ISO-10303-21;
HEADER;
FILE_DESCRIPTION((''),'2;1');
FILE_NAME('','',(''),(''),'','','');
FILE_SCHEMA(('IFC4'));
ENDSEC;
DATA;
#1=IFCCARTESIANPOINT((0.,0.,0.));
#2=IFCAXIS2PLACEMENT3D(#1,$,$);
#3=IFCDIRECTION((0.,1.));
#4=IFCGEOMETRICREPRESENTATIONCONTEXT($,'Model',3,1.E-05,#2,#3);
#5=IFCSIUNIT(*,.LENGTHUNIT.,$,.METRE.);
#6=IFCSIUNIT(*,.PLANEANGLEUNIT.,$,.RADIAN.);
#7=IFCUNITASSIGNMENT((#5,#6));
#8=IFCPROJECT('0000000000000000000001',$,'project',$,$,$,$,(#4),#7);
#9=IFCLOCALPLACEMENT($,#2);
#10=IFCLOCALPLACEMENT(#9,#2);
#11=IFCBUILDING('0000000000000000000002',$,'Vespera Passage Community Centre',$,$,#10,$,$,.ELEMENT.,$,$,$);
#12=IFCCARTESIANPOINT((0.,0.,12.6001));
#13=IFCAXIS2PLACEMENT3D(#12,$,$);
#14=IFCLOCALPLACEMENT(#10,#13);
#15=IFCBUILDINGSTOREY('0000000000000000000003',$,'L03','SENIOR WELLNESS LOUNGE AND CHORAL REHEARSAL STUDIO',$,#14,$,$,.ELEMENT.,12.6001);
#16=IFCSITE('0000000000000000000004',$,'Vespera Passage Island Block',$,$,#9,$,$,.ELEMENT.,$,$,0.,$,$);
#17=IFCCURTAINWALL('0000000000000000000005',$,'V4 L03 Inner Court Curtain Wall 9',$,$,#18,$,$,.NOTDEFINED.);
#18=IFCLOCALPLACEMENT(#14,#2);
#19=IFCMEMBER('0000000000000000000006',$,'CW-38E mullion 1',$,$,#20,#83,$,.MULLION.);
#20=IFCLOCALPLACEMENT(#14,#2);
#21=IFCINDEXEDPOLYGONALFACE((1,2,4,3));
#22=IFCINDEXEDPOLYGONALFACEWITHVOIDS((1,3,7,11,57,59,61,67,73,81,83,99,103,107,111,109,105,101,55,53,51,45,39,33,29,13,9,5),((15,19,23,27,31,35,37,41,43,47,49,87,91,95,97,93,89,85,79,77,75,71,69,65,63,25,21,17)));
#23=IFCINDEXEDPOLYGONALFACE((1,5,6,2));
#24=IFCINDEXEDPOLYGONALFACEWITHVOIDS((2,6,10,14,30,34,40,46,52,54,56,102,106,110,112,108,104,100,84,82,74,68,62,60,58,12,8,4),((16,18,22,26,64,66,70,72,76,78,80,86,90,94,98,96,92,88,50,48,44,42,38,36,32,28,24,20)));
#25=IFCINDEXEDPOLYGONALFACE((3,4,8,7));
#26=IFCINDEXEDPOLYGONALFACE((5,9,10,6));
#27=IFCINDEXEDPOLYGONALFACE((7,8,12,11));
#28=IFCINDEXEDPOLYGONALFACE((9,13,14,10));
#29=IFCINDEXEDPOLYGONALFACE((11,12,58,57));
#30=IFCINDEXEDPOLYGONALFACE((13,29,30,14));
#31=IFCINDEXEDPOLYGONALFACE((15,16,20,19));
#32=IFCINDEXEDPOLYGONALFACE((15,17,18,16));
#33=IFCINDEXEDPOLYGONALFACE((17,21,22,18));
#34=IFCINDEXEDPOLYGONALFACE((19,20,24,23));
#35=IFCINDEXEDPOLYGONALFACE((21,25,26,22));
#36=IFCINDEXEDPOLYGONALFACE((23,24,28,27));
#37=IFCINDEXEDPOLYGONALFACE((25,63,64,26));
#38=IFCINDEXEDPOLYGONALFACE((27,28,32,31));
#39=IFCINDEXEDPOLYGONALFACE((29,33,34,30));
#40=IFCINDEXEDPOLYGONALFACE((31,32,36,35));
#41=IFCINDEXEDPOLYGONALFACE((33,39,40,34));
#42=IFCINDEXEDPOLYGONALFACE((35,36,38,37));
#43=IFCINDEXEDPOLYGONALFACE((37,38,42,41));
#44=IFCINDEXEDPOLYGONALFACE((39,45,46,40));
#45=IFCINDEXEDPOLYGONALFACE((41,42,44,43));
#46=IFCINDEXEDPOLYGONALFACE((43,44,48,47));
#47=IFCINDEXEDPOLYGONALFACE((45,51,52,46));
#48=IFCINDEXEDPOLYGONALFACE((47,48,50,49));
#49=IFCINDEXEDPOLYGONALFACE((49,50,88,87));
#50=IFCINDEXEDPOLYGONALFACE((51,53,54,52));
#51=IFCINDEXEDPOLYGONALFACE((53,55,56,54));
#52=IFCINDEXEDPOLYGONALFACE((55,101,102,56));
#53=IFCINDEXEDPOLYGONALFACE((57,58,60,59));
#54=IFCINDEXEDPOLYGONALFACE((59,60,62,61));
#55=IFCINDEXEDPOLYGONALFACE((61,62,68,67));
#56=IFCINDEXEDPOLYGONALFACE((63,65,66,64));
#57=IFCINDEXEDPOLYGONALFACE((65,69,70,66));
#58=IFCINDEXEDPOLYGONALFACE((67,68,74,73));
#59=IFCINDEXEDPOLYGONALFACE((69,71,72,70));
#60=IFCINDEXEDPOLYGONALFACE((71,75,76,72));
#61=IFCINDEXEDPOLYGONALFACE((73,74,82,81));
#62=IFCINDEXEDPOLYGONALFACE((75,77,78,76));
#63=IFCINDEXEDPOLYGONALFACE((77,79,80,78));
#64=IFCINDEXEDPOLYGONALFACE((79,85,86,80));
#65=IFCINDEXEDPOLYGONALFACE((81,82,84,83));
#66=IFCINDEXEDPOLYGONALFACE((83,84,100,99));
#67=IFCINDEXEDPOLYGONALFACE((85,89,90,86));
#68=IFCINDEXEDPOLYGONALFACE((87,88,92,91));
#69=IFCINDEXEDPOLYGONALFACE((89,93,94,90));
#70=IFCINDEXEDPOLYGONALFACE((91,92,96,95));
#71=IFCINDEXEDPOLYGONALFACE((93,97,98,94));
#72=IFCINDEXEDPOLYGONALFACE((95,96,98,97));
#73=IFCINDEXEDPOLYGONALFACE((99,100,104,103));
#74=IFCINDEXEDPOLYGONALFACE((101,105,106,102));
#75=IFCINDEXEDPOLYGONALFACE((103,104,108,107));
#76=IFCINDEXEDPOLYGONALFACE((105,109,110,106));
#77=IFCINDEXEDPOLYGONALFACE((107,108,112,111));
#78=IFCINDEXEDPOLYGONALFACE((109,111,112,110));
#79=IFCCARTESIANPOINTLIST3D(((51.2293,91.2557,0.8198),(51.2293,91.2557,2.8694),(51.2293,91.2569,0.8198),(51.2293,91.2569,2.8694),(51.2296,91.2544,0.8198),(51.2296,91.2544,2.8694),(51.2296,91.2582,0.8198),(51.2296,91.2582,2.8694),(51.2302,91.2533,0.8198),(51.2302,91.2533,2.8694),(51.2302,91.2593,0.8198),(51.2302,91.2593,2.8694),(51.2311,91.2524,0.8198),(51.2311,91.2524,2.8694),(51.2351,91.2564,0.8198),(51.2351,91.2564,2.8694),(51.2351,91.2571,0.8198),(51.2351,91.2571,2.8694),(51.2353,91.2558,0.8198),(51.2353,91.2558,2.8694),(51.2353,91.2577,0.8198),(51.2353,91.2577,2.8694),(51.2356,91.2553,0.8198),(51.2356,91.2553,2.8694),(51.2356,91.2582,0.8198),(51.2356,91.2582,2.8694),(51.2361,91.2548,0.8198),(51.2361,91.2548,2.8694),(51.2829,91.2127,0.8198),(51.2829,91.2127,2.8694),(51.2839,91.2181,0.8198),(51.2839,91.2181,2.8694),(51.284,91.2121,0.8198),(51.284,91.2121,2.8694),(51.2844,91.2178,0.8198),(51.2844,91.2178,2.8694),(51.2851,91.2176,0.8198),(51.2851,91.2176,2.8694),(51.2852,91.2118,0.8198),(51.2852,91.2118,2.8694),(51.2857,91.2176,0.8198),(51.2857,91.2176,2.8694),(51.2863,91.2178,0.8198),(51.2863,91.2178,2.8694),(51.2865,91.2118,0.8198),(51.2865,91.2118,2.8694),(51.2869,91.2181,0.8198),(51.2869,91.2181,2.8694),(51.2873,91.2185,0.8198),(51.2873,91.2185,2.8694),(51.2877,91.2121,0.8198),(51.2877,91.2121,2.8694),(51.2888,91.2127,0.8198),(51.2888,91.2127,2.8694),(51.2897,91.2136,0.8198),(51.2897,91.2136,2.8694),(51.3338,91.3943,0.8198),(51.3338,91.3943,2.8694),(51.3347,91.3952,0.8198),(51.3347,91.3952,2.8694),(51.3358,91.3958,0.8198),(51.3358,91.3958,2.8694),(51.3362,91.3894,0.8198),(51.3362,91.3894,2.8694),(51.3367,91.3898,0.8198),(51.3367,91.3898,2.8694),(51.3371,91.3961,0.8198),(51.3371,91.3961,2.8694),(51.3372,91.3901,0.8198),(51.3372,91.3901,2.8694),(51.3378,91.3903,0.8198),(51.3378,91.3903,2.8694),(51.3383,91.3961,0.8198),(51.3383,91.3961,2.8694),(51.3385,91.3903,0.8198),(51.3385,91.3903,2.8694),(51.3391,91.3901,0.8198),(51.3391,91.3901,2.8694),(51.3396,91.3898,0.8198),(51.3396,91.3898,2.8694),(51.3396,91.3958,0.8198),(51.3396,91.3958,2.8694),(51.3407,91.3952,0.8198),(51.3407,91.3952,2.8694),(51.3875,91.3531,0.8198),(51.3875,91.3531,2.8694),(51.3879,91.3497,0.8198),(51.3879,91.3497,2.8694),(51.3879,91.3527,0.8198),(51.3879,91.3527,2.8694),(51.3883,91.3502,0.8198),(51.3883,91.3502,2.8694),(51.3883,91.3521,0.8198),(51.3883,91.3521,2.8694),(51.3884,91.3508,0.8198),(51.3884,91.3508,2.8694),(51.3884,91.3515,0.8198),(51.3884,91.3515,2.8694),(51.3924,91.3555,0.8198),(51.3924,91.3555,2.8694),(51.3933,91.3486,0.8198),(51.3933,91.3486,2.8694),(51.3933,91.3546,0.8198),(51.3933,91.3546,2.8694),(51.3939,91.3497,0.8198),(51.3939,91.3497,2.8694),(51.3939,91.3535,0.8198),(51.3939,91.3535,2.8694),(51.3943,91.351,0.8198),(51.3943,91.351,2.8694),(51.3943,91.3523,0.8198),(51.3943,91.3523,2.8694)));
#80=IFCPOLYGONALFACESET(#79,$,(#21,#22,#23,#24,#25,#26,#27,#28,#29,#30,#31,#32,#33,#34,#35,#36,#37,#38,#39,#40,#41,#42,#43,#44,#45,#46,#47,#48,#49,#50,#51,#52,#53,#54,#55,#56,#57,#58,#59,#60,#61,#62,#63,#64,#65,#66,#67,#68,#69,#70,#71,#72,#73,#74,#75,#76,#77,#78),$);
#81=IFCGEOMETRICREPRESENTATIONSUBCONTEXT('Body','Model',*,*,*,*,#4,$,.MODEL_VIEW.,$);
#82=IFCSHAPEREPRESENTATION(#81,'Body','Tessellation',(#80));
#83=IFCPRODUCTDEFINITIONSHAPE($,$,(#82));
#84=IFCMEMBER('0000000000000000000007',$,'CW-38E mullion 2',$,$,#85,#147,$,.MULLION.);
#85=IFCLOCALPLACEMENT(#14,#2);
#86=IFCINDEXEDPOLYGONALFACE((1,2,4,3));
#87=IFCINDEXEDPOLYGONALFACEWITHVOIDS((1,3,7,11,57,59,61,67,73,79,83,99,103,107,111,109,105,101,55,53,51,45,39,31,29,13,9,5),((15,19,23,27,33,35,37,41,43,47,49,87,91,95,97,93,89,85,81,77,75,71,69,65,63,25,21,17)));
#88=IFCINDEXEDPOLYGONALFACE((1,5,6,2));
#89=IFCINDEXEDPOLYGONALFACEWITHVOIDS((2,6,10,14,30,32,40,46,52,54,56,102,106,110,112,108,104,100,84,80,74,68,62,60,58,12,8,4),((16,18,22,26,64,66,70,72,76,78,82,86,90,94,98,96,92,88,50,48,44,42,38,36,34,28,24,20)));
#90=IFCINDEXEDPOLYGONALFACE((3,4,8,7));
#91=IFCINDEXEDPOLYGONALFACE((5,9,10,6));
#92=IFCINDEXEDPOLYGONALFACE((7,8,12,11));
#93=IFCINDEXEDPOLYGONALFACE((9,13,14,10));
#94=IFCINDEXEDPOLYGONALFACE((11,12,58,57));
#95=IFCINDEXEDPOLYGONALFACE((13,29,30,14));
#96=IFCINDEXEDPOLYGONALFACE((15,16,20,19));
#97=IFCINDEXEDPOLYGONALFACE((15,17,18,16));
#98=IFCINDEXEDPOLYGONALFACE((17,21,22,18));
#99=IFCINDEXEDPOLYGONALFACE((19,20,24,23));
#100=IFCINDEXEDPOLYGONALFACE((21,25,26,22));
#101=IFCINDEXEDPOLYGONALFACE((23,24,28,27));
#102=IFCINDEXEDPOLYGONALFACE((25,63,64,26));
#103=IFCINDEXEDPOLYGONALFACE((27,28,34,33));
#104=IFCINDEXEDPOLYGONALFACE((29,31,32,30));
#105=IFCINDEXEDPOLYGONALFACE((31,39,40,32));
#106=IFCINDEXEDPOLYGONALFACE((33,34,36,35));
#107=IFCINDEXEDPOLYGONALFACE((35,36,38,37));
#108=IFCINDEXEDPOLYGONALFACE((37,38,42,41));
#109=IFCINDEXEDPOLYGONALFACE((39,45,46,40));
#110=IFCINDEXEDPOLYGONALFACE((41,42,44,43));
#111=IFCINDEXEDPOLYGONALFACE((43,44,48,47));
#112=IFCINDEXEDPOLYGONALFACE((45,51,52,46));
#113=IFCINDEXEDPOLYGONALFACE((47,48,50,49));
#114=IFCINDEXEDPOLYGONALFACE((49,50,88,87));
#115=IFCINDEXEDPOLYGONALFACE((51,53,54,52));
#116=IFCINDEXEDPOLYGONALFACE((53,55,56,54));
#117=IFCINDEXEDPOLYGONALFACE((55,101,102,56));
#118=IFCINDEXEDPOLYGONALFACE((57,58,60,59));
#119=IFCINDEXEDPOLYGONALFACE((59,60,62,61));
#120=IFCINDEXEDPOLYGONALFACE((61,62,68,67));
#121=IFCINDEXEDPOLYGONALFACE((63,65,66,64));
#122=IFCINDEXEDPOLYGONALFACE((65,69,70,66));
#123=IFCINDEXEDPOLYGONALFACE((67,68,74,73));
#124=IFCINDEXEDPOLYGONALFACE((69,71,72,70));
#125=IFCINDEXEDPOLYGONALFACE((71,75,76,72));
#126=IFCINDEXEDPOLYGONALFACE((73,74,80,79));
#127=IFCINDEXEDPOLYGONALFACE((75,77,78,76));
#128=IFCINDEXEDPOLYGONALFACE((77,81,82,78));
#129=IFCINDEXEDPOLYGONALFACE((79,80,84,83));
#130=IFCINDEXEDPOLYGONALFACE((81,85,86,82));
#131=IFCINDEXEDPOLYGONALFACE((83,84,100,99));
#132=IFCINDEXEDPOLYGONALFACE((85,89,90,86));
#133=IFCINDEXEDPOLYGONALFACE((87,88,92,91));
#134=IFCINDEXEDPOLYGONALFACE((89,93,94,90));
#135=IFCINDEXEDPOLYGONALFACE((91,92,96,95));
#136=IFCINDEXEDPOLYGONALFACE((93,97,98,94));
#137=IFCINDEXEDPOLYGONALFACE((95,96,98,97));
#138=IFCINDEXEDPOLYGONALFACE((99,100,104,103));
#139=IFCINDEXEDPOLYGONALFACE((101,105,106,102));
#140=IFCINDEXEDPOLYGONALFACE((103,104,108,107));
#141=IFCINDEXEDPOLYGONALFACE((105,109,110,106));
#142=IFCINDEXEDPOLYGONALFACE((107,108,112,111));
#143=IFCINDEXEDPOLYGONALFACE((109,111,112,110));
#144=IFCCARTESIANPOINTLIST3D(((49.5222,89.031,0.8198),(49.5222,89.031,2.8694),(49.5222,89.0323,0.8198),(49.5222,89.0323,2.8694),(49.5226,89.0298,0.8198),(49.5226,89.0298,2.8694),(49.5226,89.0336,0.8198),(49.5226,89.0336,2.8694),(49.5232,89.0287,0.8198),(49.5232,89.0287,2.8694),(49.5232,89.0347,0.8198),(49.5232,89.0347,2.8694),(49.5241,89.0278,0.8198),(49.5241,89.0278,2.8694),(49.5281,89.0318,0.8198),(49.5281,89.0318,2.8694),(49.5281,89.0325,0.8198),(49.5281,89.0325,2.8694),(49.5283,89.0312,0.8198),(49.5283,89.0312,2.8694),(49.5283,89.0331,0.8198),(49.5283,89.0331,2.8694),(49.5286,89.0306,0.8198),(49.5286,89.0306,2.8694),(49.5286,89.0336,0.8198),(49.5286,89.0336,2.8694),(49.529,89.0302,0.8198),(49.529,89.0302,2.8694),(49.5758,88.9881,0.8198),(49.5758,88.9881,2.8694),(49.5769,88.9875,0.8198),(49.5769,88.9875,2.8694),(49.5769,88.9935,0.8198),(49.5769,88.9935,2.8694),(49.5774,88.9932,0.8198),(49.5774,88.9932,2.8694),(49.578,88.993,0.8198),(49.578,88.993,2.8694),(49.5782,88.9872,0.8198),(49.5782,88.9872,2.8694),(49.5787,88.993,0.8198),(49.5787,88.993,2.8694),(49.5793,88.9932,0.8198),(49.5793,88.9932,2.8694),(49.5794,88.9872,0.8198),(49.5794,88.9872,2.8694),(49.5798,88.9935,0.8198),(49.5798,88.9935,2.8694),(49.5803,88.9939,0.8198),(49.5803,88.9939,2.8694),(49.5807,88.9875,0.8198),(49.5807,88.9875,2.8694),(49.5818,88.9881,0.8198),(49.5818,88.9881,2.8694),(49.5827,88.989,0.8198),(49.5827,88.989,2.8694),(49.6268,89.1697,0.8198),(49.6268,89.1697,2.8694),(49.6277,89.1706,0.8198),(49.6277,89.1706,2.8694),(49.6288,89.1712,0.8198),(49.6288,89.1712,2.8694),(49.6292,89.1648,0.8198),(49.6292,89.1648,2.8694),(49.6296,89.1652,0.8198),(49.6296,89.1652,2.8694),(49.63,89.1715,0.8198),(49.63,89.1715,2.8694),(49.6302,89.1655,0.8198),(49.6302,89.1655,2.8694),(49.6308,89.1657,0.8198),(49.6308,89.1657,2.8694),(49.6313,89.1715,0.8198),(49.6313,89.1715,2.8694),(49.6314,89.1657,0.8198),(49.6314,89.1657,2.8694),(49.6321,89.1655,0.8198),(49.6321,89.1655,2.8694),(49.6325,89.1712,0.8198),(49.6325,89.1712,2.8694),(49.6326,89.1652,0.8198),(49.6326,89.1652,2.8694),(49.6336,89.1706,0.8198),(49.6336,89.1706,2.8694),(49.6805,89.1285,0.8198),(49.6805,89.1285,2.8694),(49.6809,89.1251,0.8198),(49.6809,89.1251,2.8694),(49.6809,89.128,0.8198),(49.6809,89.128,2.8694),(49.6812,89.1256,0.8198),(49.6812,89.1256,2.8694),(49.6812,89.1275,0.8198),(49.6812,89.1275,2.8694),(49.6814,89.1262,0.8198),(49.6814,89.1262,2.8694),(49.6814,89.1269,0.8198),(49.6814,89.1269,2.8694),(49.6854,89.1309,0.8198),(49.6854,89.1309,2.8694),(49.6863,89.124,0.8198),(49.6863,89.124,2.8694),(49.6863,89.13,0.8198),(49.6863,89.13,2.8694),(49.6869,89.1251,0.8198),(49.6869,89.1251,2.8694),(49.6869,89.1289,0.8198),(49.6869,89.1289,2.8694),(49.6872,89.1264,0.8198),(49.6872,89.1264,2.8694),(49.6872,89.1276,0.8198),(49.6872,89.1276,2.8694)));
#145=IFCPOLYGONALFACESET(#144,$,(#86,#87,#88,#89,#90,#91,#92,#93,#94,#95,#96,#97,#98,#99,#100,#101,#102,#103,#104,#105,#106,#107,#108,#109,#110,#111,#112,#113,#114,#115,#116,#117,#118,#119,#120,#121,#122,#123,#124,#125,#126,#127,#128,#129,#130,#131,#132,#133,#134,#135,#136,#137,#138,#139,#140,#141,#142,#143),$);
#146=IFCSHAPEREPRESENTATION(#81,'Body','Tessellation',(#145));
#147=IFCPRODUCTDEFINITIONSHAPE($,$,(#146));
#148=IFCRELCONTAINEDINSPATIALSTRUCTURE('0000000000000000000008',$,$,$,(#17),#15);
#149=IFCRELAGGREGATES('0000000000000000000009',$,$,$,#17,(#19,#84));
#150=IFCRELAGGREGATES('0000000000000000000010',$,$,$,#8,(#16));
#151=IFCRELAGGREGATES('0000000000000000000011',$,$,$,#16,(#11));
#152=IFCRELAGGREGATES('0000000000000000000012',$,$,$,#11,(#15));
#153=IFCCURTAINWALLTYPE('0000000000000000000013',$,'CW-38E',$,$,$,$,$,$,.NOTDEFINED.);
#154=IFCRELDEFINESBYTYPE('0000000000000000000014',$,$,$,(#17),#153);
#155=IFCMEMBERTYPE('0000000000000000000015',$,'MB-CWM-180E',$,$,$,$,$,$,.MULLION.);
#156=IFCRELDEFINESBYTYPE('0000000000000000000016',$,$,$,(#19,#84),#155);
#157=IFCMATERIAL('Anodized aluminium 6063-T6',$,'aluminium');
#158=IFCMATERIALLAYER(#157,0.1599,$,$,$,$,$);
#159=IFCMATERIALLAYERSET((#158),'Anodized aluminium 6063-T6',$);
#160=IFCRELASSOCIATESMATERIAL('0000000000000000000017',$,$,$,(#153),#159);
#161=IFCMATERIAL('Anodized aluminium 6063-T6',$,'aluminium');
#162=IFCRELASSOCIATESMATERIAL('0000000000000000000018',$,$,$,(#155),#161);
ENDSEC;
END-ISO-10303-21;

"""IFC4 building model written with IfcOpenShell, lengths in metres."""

from ifc_helpers import new_model, si_unit, direction, frame, origin, origin_2d, place, context, subcontext, project, spatial, hollow_rectangle, extrude, material, layer, layer_set, material_profile, profile_set, type_object, element, aggregate, save


model = new_model("IFC4")

# Units and contexts
model_context = context("Model", 3, precision=1e-05, world=origin(), true_north=direction((0.0, 1.0)))
body_context = subcontext(model_context, "Body", "Model", "MODEL_VIEW")
ifc_project = project(units=[si_unit("LENGTHUNIT", "METRE"), si_unit("PLANEANGLEUNIT", "RADIAN")], contexts=[model_context])

# Site, building, storey
site_placement = place(None, origin())
site = spatial("IfcSite", under=ifc_project, at=site_placement, Name="Vespera Passage Island Block", CompositionType="ELEMENT", RefElevation=0.0)
building_placement = place(site_placement, origin())
building = spatial("IfcBuilding", under=site, at=building_placement, Name="Vespera Passage Community Centre", CompositionType="ELEMENT")
storey_placement = place(building_placement, frame((0.0, 0.0, 12.6001)))
storey = spatial("IfcBuildingStorey", under=building, at=storey_placement, Name="L03", Description="SENIOR WELLNESS LOUNGE AND CHORAL REHEARSAL STUDIO", CompositionType="ELEMENT", Elevation=12.6001)

# Curtain wall, members
ifc_material_1 = material(Name="Anodized aluminium 6063-T6", Category="aluminium")
ifc_layer_1 = layer(ifc_material_1, 0.1599)
ifc_layer_set_1 = layer_set([ifc_layer_1], Name="Anodized aluminium 6063-T6")
curtain_wall_type_1 = type_object("IfcCurtainWallType", Name="CW-38E", PredefinedType="NOTDEFINED", material=ifc_layer_set_1)
curtain_wall_1_placement = place(storey_placement, origin())
curtain_wall_1 = element("IfcCurtainWall", 1, at=curtain_wall_1_placement, inside=storey, type_object=curtain_wall_type_1, Name="V4 L03 Inner Court Curtain Wall 9", PredefinedType="NOTDEFINED")
ifc_material_2 = material(Name="Anodized aluminium 6063-T6", Category="aluminium")
ifc_material_profile_1 = material_profile(ifc_material_2, hollow_rectangle(XDim=0.075, YDim=0.1799, WallThickness=0.0049, InnerFilletRadius=0.0024, OuterFilletRadius=0.0049, at=origin_2d()), Name="ALU180X75X5")
ifc_profile_set_1 = profile_set([ifc_material_profile_1], Name="Anodized aluminium 6063-T6")
member_type_1 = type_object("IfcMemberType", Name="MB-CWM-180E", PredefinedType="MULLION", material=ifc_profile_set_1)
member_1_placement = place(storey_placement, frame((51.3118, 91.304, 0.8198), z_axis=(0.0, 0.0, 1.0), x_axis=(0.793358, -0.608755, 0.0)))
member_1 = element("IfcMember", 2, at=member_1_placement, type_object=member_type_1, Name="CW-38E mullion 1", PredefinedType="MULLION", context=body_context, shape_type="SweptSolid", body=[
    extrude(hollow_rectangle(XDim=0.075, YDim=0.1799, WallThickness=0.0049, InnerFilletRadius=0.0024, OuterFilletRadius=0.0049, at=origin_2d()), origin(), (0.0, 0.0, 1.0), 2.0496),
])
member_2_placement = place(storey_placement, frame((49.6047, 89.0793, 0.8198), z_axis=(0.0, 0.0, 1.0), x_axis=(0.793358, -0.608755, 0.0)))
member_2 = element("IfcMember", 3, at=member_2_placement, type_object=member_type_1, Name="CW-38E mullion 2", PredefinedType="MULLION", context=body_context, shape_type="SweptSolid", body=[
    extrude(hollow_rectangle(XDim=0.075, YDim=0.1799, WallThickness=0.0049, InnerFilletRadius=0.0024, OuterFilletRadius=0.0049, at=origin_2d()), origin(), (0.0, 0.0, 1.0), 2.0496),
])
aggregate(curtain_wall_1, [member_1, member_2])

save(model, "model.ifc")
